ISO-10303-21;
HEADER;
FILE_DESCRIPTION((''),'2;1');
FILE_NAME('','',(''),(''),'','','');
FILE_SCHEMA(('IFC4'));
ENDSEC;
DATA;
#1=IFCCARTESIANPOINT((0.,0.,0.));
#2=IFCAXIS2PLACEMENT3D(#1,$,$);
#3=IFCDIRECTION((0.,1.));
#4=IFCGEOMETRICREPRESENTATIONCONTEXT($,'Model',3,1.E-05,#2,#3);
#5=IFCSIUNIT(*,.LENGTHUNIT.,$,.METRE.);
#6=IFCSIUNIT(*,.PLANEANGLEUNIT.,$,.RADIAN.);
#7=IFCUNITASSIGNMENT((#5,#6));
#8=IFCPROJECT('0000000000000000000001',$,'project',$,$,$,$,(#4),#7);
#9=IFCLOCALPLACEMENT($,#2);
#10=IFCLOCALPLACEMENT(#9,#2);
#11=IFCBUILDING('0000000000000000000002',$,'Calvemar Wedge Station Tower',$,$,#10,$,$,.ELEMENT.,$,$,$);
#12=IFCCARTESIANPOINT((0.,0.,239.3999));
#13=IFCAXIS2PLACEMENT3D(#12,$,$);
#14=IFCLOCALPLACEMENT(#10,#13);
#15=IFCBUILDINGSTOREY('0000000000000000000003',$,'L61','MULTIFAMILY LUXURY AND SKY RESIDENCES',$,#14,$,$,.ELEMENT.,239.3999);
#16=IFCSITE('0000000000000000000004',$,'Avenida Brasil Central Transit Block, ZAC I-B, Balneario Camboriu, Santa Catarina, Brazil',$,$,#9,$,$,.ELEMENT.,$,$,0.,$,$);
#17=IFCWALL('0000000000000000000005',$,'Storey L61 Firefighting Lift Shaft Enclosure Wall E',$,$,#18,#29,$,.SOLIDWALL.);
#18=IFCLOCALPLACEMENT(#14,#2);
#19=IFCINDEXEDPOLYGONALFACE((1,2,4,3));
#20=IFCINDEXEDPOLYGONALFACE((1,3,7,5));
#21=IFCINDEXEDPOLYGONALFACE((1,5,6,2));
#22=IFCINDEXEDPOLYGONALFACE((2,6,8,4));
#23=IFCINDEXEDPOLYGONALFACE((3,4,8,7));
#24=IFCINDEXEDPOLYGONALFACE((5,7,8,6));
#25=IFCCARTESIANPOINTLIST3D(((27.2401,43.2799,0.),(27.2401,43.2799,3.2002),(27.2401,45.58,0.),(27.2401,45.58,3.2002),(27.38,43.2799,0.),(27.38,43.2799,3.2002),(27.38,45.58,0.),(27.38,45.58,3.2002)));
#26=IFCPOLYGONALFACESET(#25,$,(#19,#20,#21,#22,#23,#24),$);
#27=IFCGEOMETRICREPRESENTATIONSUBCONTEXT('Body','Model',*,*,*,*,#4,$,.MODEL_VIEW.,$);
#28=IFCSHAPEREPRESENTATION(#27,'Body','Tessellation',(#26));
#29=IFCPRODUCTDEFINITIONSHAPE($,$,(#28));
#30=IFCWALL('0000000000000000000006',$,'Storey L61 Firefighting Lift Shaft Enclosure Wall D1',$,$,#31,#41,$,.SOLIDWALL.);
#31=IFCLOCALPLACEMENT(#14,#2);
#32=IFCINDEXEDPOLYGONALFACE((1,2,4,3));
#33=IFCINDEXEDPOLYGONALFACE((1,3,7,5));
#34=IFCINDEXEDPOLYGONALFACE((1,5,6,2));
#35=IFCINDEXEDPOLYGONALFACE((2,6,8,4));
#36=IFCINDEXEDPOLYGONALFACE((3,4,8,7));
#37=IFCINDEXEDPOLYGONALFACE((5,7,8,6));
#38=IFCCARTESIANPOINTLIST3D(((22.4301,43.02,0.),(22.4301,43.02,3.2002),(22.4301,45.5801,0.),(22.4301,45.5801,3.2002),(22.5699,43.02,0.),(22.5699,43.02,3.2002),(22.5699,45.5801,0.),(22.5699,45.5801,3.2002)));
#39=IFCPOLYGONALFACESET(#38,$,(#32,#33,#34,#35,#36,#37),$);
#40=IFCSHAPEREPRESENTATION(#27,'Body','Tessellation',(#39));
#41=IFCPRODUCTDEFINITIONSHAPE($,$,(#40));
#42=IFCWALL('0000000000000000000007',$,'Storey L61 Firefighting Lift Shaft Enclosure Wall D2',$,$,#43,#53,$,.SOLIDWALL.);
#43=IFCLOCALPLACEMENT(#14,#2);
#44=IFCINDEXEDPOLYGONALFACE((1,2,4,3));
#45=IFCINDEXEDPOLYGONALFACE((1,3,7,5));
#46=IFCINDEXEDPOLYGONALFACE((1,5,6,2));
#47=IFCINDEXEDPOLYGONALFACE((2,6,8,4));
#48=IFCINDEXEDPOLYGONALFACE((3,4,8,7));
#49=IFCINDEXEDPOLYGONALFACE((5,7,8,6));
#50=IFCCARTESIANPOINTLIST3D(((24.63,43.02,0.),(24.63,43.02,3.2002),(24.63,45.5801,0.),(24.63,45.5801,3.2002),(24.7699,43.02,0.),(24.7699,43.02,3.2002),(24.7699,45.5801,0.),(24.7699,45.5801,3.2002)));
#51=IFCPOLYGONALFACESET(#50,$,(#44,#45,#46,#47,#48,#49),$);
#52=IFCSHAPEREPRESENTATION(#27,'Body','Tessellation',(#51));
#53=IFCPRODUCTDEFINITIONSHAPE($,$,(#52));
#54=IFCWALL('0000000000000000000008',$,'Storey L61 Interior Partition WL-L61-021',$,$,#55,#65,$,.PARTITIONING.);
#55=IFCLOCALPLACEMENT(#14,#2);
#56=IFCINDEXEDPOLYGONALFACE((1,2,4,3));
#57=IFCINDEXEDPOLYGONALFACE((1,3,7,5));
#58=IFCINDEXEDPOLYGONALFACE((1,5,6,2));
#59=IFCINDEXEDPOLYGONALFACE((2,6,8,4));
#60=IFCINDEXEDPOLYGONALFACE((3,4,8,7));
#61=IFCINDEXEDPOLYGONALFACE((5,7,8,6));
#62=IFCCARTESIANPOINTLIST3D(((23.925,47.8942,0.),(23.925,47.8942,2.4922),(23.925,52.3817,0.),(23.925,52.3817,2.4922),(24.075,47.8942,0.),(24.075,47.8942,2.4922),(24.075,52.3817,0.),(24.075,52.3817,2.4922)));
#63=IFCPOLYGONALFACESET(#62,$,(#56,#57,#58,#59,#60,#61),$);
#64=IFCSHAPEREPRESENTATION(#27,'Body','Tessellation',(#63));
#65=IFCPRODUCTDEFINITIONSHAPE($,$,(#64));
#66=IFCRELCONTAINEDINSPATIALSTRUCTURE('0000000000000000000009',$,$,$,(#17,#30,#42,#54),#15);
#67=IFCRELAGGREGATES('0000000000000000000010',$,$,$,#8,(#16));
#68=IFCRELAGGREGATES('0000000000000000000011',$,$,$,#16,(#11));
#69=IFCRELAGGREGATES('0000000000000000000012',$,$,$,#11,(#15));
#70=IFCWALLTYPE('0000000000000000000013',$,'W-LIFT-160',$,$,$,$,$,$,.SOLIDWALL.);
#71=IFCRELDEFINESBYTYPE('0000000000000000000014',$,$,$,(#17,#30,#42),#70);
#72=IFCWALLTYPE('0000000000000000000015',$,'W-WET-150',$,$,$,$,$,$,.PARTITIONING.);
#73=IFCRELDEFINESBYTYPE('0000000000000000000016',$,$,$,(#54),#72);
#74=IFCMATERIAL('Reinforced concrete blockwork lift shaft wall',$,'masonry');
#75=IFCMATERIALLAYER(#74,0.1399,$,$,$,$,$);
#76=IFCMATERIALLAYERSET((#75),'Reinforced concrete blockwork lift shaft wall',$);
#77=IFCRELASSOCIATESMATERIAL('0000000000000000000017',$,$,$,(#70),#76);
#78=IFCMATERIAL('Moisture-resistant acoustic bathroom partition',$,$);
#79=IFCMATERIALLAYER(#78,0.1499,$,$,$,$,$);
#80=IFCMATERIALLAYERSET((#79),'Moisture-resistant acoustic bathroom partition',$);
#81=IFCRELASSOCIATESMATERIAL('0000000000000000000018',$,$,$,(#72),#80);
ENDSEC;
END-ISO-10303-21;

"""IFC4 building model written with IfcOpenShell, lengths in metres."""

from ifc_helpers import new_model, si_unit, direction, frame, frame_2d, origin, place, context, subcontext, project, spatial, rectangle, extrude, material, layer, layer_set, type_object, element, save


model = new_model("IFC4")

# Units and contexts
model_context = context("Model", 3, precision=1e-05, world=origin(), true_north=direction((0.0, 1.0)))
body_context = subcontext(model_context, "Body", "Model", "MODEL_VIEW")
ifc_project = project(units=[si_unit("LENGTHUNIT", "METRE"), si_unit("PLANEANGLEUNIT", "RADIAN")], contexts=[model_context])

# Site, building, storey
site_placement = place(None, origin())
site = spatial("IfcSite", under=ifc_project, at=site_placement, Name="Avenida Brasil Central Transit Block, ZAC I-B, Balneario Camboriu, Santa Catarina, Brazil", CompositionType="ELEMENT", RefElevation=0.0)
building_placement = place(site_placement, origin())
building = spatial("IfcBuilding", under=site, at=building_placement, Name="Calvemar Wedge Station Tower", CompositionType="ELEMENT")
storey_placement = place(building_placement, frame((0.0, 0.0, 239.3999)))
storey = spatial("IfcBuildingStorey", under=building, at=storey_placement, Name="L61", Description="MULTIFAMILY LUXURY AND SKY RESIDENCES", CompositionType="ELEMENT", Elevation=239.3999)

# Shared definitions
ifc_material_1 = material(Name="Reinforced concrete blockwork lift shaft wall", Category="masonry")
ifc_layer_1 = layer(ifc_material_1, 0.1399)
ifc_layer_set_1 = layer_set([ifc_layer_1], Name="Reinforced concrete blockwork lift shaft wall")
wall_type_1 = type_object("IfcWallType", Name="W-LIFT-160", PredefinedType="SOLIDWALL", material=ifc_layer_set_1)

# Walls
for number, where, z_axis, x_axis, name in (
    (1, (27.3101, 43.28, 0.0), (0.0, 0.0, 1.0), (0.0, 1.0, 0.0), "Storey L61 Firefighting Lift Shaft Enclosure Wall E"),
):
    element("IfcWall", number, at=place(storey_placement, frame(where, z_axis=z_axis, x_axis=x_axis)), inside=storey, type_object=wall_type_1, Name=name, PredefinedType="SOLIDWALL", context=body_context, shape_type="SweptSolid", body=[
        extrude(rectangle(XDim=2.3, YDim=0.1399, at=frame_2d((1.1499, 0.0))), origin(), (0.0, 0.0, 1.0), 3.2002),
    ])
for number, where, z_axis, x_axis, name in (
    (2, (22.5, 43.02, 0.0), (0.0, 0.0, 1.0), (0.0, 1.0, 0.0), "Storey L61 Firefighting Lift Shaft Enclosure Wall D1"),
    (3, (24.7, 43.02, 0.0), (0.0, 0.0, 1.0), (0.0, 1.0, 0.0), "Storey L61 Firefighting Lift Shaft Enclosure Wall D2"),
):
    element("IfcWall", number, at=place(storey_placement, frame(where, z_axis=z_axis, x_axis=x_axis)), inside=storey, type_object=wall_type_1, Name=name, PredefinedType="SOLIDWALL", context=body_context, shape_type="SweptSolid", body=[
        extrude(rectangle(XDim=2.5601, YDim=0.1399, at=frame_2d((1.28, 0.0))), origin(), (0.0, 0.0, 1.0), 3.2002),
    ])
ifc_material_2 = material(Name="Moisture-resistant acoustic bathroom partition")
ifc_layer_2 = layer(ifc_material_2, 0.1499)
ifc_layer_set_2 = layer_set([ifc_layer_2], Name="Moisture-resistant acoustic bathroom partition")
wall_type_2 = type_object("IfcWallType", Name="W-WET-150", PredefinedType="PARTITIONING", material=ifc_layer_set_2)
wall_1_placement = place(storey_placement, frame((24.0, 52.3816, 0.0), z_axis=(0.0, 0.0, 1.0), x_axis=(0.0, -1.0, 0.0)))
element("IfcWall", 4, at=wall_1_placement, inside=storey, type_object=wall_type_2, Name="Storey L61 Interior Partition WL-L61-021", PredefinedType="PARTITIONING", context=body_context, shape_type="SweptSolid", body=[
    extrude(rectangle(XDim=4.4875, YDim=0.1499, at=frame_2d((2.2437, 0.0))), origin(), (0.0, 0.0, 1.0), 2.4922),
])

save(model, "model.ifc")
